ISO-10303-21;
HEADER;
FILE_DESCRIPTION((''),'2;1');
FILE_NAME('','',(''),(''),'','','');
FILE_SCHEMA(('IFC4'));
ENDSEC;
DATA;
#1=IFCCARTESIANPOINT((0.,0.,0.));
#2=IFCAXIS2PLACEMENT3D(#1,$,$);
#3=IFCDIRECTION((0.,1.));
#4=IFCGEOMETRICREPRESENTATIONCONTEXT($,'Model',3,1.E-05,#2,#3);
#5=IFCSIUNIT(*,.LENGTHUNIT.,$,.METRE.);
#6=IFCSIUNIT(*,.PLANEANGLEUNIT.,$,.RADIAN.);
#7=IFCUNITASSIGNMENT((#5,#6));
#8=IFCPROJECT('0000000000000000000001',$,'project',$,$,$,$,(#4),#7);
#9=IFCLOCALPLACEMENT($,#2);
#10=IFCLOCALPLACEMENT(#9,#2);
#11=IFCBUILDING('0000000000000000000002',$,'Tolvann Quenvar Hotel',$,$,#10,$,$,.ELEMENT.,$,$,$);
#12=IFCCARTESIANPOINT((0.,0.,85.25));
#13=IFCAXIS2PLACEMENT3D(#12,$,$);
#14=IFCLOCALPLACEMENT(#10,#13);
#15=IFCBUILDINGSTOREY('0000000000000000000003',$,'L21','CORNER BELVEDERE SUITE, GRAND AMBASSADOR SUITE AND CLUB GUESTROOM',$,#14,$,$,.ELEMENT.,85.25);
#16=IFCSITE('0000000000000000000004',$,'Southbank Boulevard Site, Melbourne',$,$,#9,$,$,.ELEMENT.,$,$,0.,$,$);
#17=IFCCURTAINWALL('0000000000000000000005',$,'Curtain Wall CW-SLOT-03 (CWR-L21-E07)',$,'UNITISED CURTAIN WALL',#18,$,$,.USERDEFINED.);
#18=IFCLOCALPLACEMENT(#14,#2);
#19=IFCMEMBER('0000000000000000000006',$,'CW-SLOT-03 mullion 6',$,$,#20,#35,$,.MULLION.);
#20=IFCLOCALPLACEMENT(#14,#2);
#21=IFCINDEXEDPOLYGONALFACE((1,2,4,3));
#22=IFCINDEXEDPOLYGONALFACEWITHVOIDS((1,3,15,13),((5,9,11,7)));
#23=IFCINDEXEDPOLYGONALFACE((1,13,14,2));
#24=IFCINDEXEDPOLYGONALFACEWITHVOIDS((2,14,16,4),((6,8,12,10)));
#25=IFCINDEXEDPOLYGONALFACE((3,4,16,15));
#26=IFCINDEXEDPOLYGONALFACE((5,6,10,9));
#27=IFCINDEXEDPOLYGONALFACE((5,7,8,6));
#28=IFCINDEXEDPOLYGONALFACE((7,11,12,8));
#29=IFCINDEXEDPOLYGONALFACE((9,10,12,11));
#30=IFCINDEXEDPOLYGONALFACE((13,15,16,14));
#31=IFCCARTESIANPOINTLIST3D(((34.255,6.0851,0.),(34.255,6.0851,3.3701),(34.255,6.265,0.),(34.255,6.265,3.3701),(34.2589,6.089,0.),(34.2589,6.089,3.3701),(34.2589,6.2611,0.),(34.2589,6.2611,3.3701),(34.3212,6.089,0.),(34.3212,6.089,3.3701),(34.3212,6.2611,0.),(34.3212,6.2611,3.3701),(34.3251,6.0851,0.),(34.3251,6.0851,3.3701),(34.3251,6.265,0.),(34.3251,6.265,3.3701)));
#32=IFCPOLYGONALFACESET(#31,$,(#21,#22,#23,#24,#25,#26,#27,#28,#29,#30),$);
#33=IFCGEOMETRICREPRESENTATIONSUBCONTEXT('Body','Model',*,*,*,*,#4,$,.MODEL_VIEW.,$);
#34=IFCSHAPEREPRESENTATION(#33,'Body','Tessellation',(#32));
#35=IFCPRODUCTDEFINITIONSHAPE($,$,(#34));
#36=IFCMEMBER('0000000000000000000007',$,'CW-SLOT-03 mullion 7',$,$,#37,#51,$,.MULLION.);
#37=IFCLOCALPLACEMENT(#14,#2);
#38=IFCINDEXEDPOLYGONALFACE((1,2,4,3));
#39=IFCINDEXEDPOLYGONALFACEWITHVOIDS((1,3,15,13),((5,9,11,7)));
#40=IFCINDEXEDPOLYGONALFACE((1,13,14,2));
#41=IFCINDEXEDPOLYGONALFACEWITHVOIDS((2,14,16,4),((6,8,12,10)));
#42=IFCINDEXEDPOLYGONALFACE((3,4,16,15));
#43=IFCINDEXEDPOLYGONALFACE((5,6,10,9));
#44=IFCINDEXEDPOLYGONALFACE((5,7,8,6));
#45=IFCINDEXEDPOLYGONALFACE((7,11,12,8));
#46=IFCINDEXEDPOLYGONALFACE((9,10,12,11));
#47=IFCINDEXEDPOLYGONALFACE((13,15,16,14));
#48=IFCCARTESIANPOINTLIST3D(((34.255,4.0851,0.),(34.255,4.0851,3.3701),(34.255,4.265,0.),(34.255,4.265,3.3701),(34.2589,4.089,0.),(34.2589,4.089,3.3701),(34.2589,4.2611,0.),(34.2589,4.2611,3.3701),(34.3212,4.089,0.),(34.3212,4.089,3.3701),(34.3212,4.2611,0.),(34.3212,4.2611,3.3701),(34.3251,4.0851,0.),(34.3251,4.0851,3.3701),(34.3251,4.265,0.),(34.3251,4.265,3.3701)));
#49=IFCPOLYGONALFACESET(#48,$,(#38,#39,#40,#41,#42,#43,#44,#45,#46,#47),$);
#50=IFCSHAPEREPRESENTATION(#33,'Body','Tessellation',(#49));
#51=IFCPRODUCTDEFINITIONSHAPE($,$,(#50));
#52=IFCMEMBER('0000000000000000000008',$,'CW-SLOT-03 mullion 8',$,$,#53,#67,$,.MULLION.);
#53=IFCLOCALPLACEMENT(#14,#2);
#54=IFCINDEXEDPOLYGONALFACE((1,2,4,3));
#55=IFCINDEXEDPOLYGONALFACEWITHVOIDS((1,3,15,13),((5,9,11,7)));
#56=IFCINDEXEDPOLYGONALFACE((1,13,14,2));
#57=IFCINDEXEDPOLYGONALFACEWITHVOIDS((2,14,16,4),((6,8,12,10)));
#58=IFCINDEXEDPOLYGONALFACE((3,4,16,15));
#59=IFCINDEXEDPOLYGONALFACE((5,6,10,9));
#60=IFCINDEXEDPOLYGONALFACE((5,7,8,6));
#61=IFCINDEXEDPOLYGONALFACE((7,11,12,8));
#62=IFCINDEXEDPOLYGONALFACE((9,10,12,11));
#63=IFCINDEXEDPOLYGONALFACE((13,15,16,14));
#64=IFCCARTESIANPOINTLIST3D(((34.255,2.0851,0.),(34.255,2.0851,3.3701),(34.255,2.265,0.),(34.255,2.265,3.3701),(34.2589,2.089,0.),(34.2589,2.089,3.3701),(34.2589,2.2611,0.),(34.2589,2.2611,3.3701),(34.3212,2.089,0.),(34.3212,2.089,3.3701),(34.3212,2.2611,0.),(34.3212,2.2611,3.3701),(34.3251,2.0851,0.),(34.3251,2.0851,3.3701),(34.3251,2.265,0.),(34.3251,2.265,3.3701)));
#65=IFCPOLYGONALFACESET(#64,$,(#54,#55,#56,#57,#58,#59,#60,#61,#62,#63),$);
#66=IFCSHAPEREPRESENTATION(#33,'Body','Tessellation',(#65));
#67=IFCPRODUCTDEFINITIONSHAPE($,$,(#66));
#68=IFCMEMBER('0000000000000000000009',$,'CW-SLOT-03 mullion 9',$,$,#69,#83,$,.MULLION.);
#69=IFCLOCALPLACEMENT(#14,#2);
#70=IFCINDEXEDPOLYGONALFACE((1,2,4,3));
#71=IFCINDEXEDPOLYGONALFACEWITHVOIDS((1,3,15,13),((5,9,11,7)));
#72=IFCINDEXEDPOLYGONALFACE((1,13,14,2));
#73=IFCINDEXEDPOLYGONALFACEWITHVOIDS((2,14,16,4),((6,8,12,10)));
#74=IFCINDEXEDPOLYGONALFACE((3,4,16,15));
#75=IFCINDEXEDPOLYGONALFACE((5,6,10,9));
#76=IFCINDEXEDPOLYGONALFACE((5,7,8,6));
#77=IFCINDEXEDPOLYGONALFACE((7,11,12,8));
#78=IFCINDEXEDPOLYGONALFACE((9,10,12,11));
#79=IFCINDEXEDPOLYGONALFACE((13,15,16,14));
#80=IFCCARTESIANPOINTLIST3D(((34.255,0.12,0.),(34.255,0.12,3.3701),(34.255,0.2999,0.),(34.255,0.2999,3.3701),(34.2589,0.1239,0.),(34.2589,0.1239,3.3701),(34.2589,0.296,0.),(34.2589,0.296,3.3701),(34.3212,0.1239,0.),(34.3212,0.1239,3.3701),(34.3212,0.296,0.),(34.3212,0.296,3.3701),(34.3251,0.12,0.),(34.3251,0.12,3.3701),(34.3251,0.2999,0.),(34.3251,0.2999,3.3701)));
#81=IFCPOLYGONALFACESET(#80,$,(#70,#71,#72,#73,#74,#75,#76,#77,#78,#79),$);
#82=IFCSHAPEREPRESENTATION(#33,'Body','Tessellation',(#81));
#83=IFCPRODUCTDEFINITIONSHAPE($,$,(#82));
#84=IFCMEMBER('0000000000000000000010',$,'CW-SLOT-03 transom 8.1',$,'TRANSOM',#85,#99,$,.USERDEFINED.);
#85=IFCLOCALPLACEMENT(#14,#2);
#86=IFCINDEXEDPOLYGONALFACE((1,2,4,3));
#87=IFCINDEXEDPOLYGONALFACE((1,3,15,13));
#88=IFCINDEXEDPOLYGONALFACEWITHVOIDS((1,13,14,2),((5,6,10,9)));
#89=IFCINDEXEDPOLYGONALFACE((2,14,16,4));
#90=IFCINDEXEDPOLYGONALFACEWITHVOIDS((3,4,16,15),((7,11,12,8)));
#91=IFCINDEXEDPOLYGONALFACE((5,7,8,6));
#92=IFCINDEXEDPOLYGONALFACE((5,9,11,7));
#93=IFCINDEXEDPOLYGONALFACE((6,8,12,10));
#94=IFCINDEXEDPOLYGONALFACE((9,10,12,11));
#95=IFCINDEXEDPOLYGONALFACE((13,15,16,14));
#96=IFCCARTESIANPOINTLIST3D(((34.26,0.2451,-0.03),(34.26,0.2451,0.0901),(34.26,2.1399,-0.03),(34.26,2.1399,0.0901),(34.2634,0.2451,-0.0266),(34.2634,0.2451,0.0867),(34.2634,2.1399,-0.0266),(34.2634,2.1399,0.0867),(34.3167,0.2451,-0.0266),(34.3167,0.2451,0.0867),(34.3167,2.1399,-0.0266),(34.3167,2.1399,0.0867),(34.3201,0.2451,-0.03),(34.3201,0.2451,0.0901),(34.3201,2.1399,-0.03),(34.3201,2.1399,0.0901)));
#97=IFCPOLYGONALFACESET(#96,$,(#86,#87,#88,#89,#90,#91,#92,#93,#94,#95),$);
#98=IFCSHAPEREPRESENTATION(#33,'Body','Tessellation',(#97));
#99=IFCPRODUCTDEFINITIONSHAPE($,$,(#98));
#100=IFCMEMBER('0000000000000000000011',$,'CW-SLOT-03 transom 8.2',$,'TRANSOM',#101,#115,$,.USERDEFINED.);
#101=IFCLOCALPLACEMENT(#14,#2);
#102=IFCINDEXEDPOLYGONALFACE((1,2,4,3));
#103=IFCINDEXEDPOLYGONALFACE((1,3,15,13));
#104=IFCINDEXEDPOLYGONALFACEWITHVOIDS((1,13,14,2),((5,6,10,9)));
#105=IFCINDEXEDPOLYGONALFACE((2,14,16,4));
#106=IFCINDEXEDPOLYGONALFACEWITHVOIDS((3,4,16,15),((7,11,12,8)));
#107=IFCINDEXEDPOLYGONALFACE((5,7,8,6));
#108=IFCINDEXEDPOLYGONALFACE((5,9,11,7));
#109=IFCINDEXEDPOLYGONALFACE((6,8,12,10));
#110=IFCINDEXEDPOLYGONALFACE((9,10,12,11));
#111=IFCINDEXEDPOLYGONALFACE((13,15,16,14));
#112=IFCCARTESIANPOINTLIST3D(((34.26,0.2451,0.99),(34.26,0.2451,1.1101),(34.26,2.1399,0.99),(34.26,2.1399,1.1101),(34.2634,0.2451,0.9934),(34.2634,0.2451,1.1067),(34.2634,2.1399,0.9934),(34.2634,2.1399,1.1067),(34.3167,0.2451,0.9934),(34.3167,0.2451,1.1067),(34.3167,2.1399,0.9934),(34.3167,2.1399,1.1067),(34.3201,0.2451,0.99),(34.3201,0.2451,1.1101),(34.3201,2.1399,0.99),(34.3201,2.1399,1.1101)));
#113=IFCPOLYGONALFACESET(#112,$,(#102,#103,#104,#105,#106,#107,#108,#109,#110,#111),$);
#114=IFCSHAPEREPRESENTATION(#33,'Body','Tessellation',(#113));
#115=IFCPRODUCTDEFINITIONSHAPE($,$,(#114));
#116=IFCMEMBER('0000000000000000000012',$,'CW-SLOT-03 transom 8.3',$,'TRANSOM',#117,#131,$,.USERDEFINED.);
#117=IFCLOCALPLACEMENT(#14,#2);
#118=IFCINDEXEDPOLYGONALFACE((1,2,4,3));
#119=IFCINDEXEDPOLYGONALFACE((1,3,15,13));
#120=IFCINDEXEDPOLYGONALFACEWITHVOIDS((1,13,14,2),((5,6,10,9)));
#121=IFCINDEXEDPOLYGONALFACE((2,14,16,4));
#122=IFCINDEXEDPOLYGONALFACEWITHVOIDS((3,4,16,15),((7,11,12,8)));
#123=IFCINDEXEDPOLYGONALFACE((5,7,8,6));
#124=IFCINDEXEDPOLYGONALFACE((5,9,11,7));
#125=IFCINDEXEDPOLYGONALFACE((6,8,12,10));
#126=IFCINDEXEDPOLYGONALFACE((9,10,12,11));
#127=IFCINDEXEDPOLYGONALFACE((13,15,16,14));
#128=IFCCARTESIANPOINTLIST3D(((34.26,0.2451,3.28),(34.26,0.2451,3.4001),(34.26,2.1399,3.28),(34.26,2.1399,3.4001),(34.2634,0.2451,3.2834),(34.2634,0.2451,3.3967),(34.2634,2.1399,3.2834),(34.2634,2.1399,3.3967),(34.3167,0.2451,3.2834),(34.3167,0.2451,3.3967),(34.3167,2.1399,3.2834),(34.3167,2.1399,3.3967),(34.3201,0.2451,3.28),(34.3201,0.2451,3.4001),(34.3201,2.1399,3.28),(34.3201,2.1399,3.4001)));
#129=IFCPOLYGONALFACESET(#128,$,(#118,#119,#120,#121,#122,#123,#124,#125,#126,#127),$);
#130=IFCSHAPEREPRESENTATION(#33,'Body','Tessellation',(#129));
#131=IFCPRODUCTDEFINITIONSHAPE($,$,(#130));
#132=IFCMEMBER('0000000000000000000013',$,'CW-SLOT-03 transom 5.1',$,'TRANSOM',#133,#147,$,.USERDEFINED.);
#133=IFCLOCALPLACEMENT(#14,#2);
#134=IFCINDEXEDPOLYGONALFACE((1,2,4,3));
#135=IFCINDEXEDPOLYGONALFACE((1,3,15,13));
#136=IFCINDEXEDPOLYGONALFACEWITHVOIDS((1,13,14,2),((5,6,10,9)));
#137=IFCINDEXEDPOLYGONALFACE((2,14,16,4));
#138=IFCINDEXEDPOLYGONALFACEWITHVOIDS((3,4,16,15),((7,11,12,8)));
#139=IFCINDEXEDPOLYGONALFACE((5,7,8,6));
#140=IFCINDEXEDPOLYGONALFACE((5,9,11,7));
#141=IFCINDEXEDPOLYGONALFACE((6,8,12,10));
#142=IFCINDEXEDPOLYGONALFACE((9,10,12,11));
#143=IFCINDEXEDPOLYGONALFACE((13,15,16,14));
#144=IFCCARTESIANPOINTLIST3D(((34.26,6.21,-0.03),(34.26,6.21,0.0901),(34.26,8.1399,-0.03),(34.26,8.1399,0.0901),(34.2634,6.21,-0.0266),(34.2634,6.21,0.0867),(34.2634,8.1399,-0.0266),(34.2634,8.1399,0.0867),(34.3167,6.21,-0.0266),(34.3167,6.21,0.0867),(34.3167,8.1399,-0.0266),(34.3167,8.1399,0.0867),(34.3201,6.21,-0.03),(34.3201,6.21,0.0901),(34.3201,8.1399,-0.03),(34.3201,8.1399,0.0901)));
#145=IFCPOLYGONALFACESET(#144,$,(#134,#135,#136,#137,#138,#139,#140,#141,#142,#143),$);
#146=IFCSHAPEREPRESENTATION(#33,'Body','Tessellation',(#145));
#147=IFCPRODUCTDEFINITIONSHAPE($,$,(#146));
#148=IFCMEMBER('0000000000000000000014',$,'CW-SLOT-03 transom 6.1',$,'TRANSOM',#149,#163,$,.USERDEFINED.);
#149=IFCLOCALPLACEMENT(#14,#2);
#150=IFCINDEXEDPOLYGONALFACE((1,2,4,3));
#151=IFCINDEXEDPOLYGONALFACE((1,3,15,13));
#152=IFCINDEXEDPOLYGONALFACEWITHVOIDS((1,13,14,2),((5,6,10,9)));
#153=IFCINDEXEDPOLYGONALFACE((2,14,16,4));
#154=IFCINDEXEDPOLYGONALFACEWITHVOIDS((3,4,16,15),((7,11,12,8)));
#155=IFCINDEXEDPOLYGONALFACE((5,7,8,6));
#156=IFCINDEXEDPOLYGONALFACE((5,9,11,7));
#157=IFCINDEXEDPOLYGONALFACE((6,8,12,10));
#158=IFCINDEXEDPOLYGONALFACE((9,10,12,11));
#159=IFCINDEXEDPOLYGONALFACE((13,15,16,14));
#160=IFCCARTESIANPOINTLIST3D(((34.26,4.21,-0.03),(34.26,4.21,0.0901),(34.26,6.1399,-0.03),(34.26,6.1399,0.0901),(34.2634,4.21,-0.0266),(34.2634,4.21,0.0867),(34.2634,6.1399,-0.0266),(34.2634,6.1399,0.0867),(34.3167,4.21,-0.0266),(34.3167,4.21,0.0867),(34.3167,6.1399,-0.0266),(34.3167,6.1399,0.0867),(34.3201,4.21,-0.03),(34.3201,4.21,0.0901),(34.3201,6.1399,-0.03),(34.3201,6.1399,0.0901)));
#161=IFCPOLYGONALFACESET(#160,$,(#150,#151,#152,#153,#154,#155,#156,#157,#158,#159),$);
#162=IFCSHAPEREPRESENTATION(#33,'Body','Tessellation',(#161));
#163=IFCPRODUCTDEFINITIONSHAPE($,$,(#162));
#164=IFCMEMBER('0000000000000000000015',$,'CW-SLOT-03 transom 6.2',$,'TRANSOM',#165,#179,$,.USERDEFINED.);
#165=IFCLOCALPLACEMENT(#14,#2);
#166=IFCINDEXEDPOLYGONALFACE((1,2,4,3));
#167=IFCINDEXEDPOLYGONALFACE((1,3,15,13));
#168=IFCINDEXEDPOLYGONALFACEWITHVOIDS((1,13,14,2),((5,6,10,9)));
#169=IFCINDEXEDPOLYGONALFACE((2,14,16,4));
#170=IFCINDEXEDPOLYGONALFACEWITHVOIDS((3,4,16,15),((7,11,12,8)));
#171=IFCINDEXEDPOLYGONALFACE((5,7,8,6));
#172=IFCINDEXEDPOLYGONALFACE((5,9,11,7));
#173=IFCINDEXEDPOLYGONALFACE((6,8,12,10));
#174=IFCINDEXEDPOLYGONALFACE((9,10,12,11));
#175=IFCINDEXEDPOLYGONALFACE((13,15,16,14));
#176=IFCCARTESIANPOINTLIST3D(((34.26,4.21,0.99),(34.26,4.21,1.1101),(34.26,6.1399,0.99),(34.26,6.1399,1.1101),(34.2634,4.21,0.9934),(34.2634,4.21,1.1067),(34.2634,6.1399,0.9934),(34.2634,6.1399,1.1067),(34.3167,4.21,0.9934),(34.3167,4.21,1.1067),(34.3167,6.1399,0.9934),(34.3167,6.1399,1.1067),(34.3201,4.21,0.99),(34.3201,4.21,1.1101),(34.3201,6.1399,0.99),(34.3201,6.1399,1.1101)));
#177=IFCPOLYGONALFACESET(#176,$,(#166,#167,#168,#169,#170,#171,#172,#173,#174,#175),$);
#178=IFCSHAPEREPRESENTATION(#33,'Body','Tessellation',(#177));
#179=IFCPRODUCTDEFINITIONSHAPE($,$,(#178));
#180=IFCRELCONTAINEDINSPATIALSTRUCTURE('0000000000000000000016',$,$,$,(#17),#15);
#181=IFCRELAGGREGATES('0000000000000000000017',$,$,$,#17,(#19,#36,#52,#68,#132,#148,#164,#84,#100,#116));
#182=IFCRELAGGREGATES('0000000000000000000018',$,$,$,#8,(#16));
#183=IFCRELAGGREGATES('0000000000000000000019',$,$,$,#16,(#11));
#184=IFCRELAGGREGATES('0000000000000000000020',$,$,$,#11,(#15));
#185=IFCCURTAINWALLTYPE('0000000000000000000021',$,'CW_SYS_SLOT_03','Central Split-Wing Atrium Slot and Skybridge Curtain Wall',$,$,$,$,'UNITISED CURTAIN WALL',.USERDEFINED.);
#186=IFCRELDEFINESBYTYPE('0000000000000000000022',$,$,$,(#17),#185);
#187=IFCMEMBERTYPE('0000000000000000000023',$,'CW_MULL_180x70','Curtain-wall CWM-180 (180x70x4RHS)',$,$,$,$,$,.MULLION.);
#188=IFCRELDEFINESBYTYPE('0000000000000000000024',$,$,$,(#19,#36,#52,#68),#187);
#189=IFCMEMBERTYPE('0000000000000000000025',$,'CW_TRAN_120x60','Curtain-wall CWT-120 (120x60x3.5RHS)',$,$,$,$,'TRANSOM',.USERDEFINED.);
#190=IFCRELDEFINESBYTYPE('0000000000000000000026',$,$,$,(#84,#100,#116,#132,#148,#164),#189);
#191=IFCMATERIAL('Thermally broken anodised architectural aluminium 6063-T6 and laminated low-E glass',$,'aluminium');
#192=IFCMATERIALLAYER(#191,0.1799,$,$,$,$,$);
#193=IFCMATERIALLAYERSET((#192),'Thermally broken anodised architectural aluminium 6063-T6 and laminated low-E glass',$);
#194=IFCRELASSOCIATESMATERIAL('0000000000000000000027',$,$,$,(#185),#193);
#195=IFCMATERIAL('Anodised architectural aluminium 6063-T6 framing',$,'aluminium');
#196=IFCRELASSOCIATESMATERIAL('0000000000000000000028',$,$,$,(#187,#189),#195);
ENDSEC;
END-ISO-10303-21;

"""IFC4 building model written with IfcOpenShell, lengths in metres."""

from ifc_helpers import new_model, si_unit, direction, frame, origin, origin_2d, place, context, subcontext, project, spatial, hollow_rectangle, extrude, source, transform, mapped, material, layer, layer_set, material_profile, profile_set, type_object, type_shapes, element, aggregate, save


model = new_model("IFC4")

# Units and contexts
model_context = context("Model", 3, precision=1e-05, world=origin(), true_north=direction((0.0, 1.0)))
body_context = subcontext(model_context, "Body", "Model", "MODEL_VIEW")
ifc_project = project(units=[si_unit("LENGTHUNIT", "METRE"), si_unit("PLANEANGLEUNIT", "RADIAN")], contexts=[model_context])

# Site, building, storey
site_placement = place(None, origin())
site = spatial("IfcSite", under=ifc_project, at=site_placement, Name="Southbank Boulevard Site, Melbourne", CompositionType="ELEMENT", RefElevation=0.0)
building_placement = place(site_placement, origin())
building = spatial("IfcBuilding", under=site, at=building_placement, Name="Tolvann Quenvar Hotel", CompositionType="ELEMENT")
storey_placement = place(building_placement, frame((0.0, 0.0, 85.25)))
storey = spatial("IfcBuildingStorey", under=building, at=storey_placement, Name="L21", Description="CORNER BELVEDERE SUITE, GRAND AMBASSADOR SUITE AND CLUB GUESTROOM", CompositionType="ELEMENT", Elevation=85.25)

# Curtain wall, members
ifc_material_1 = material(Name="Thermally broken anodised architectural aluminium 6063-T6 and laminated low-E glass", Category="aluminium")
ifc_layer_1 = layer(ifc_material_1, 0.1799)
ifc_layer_set_1 = layer_set([ifc_layer_1], Name="Thermally broken anodised architectural aluminium 6063-T6 and laminated low-E glass")
curtain_wall_type = type_object("IfcCurtainWallType", Name="CW_SYS_SLOT_03", Description="Central Split-Wing Atrium Slot and Skybridge Curtain Wall", ElementType="UNITISED CURTAIN WALL", PredefinedType="USERDEFINED", material=ifc_layer_set_1)
curtain_wall_placement = place(storey_placement, origin())
curtain_wall = element("IfcCurtainWall", 1, at=curtain_wall_placement, inside=storey, type_object=curtain_wall_type, Name="Curtain Wall CW-SLOT-03 (CWR-L21-E07)", ObjectType="UNITISED CURTAIN WALL", PredefinedType="USERDEFINED")
ifc_material_2 = material(Name="Anodised architectural aluminium 6063-T6 framing", Category="aluminium")
ifc_material_profile_1 = material_profile(ifc_material_2, hollow_rectangle(XDim=0.0701, YDim=0.1799, WallThickness=0.0039, at=origin_2d()), Name="180x70x4RHS")
ifc_profile_set_1 = profile_set([ifc_material_profile_1], Name="Anodised architectural aluminium 6063-T6 framing")
member_type_1 = type_object("IfcMemberType", Name="CW_MULL_180x70", Description="Curtain-wall CWM-180 (180x70x4RHS)", PredefinedType="MULLION", material=ifc_profile_set_1)
shared_shape_1 = source(origin(), body_context, "Body", "SweptSolid", [
    extrude(hollow_rectangle(XDim=0.0701, YDim=0.1799, WallThickness=0.0039, at=origin_2d()), origin(), (0.0, 0.0, 1.0), 3.3701),
])
type_shapes(member_type_1, [shared_shape_1])
member_1_placement = place(storey_placement, frame((34.29, 6.175, 0.0), z_axis=(0.0, 0.0, 1.0), x_axis=(1.0, 0.0, 0.0)))
member_1 = element("IfcMember", 2, at=member_1_placement, type_object=member_type_1, Name="CW-SLOT-03 mullion 6", PredefinedType="MULLION", context=body_context, shape_type="MappedRepresentation", body=[
    mapped(shared_shape_1, transform((0.0, 0.0, 0.0), x_axis=(1.0, 0.0, 0.0), y_axis=(0.0, 1.0, 0.0), z_axis=(0.0, 0.0, 1.0), scale=1.0)),
])
member_2_placement = place(storey_placement, frame((34.29, 4.175, 0.0), z_axis=(0.0, 0.0, 1.0), x_axis=(1.0, 0.0, 0.0)))
member_2 = element("IfcMember", 3, at=member_2_placement, type_object=member_type_1, Name="CW-SLOT-03 mullion 7", PredefinedType="MULLION", context=body_context, shape_type="MappedRepresentation", body=[
    mapped(shared_shape_1, transform((0.0, 0.0, 0.0), x_axis=(1.0, 0.0, 0.0), y_axis=(0.0, 1.0, 0.0), z_axis=(0.0, 0.0, 1.0), scale=1.0)),
])
member_3_placement = place(storey_placement, frame((34.29, 2.175, 0.0), z_axis=(0.0, 0.0, 1.0), x_axis=(1.0, 0.0, 0.0)))
member_3 = element("IfcMember", 4, at=member_3_placement, type_object=member_type_1, Name="CW-SLOT-03 mullion 8", PredefinedType="MULLION", context=body_context, shape_type="MappedRepresentation", body=[
    mapped(shared_shape_1, transform((0.0, 0.0, 0.0), x_axis=(1.0, 0.0, 0.0), y_axis=(0.0, 1.0, 0.0), z_axis=(0.0, 0.0, 1.0), scale=1.0)),
])
member_4_placement = place(storey_placement, frame((34.29, 0.21, 0.0), z_axis=(0.0, 0.0, 1.0), x_axis=(1.0, 0.0, 0.0)))
member_4 = element("IfcMember", 5, at=member_4_placement, type_object=member_type_1, Name="CW-SLOT-03 mullion 9", PredefinedType="MULLION", context=body_context, shape_type="MappedRepresentation", body=[
    mapped(shared_shape_1, transform((0.0, 0.0, 0.0), x_axis=(1.0, 0.0, 0.0), y_axis=(0.0, 1.0, 0.0), z_axis=(0.0, 0.0, 1.0), scale=1.0)),
])
ifc_material_profile_2 = material_profile(ifc_material_2, hollow_rectangle(XDim=0.0601, YDim=0.1201, WallThickness=0.0034, at=origin_2d()), Name="120x60x3.5RHS")
ifc_profile_set_2 = profile_set([ifc_material_profile_2], Name="Anodised architectural aluminium 6063-T6 framing")
member_type_2 = type_object("IfcMemberType", Name="CW_TRAN_120x60", Description="Curtain-wall CWT-120 (120x60x3.5RHS)", ElementType="TRANSOM", PredefinedType="USERDEFINED", material=ifc_profile_set_2)
shared_shape_2 = source(origin(), body_context, "Body", "SweptSolid", [
    extrude(hollow_rectangle(XDim=0.0601, YDim=0.1201, WallThickness=0.0034, at=origin_2d()), origin(), (0.0, 0.0, 1.0), 1.8948),
])
member_5_placement = place(storey_placement, frame((34.29, 2.1399, 0.03), z_axis=(0.0, -1.0, 0.0), x_axis=(1.0, 0.0, 0.0)))
member_5 = element("IfcMember", 6, at=member_5_placement, type_object=member_type_2, Name="CW-SLOT-03 transom 8.1", ObjectType="TRANSOM", PredefinedType="USERDEFINED", context=body_context, shape_type="MappedRepresentation", body=[
    mapped(shared_shape_2, transform((0.0, 0.0, 0.0), x_axis=(1.0, 0.0, 0.0), y_axis=(0.0, 1.0, 0.0), z_axis=(0.0, 0.0, 1.0), scale=1.0)),
])
member_6_placement = place(storey_placement, frame((34.29, 2.1399, 1.05), z_axis=(0.0, -1.0, 0.0), x_axis=(1.0, 0.0, 0.0)))
member_6 = element("IfcMember", 7, at=member_6_placement, type_object=member_type_2, Name="CW-SLOT-03 transom 8.2", ObjectType="TRANSOM", PredefinedType="USERDEFINED", context=body_context, shape_type="MappedRepresentation", body=[
    mapped(shared_shape_2, transform((0.0, 0.0, 0.0), x_axis=(1.0, 0.0, 0.0), y_axis=(0.0, 1.0, 0.0), z_axis=(0.0, 0.0, 1.0), scale=1.0)),
])
member_7_placement = place(storey_placement, frame((34.29, 2.1399, 3.3401), z_axis=(0.0, -1.0, 0.0), x_axis=(1.0, 0.0, 0.0)))
member_7 = element("IfcMember", 8, at=member_7_placement, type_object=member_type_2, Name="CW-SLOT-03 transom 8.3", ObjectType="TRANSOM", PredefinedType="USERDEFINED", context=body_context, shape_type="MappedRepresentation", body=[
    mapped(shared_shape_2, transform((0.0, 0.0, 0.0), x_axis=(1.0, 0.0, 0.0), y_axis=(0.0, 1.0, 0.0), z_axis=(0.0, 0.0, 1.0), scale=1.0)),
])
shared_shape_3 = source(origin(), body_context, "Body", "SweptSolid", [
    extrude(hollow_rectangle(XDim=0.0601, YDim=0.1201, WallThickness=0.0034, at=origin_2d()), origin(), (0.0, 0.0, 1.0), 1.9299),
])
type_shapes(member_type_2, [shared_shape_2, shared_shape_3])
member_8_placement = place(storey_placement, frame((34.29, 8.1399, 0.03), z_axis=(0.0, -1.0, 0.0), x_axis=(1.0, 0.0, 0.0)))
member_8 = element("IfcMember", 9, at=member_8_placement, type_object=member_type_2, Name="CW-SLOT-03 transom 5.1", ObjectType="TRANSOM", PredefinedType="USERDEFINED", context=body_context, shape_type="MappedRepresentation", body=[
    mapped(shared_shape_3, transform((0.0, 0.0, 0.0), x_axis=(1.0, 0.0, 0.0), y_axis=(0.0, 1.0, 0.0), z_axis=(0.0, 0.0, 1.0), scale=1.0)),
])
member_9_placement = place(storey_placement, frame((34.29, 6.1399, 0.03), z_axis=(0.0, -1.0, 0.0), x_axis=(1.0, 0.0, 0.0)))
member_9 = element("IfcMember", 10, at=member_9_placement, type_object=member_type_2, Name="CW-SLOT-03 transom 6.1", ObjectType="TRANSOM", PredefinedType="USERDEFINED", context=body_context, shape_type="MappedRepresentation", body=[
    mapped(shared_shape_3, transform((0.0, 0.0, 0.0), x_axis=(1.0, 0.0, 0.0), y_axis=(0.0, 1.0, 0.0), z_axis=(0.0, 0.0, 1.0), scale=1.0)),
])
member_10_placement = place(storey_placement, frame((34.29, 6.1399, 1.05), z_axis=(0.0, -1.0, 0.0), x_axis=(1.0, 0.0, 0.0)))
member_10 = element("IfcMember", 11, at=member_10_placement, type_object=member_type_2, Name="CW-SLOT-03 transom 6.2", ObjectType="TRANSOM", PredefinedType="USERDEFINED", context=body_context, shape_type="MappedRepresentation", body=[
    mapped(shared_shape_3, transform((0.0, 0.0, 0.0), x_axis=(1.0, 0.0, 0.0), y_axis=(0.0, 1.0, 0.0), z_axis=(0.0, 0.0, 1.0), scale=1.0)),
])
aggregate(curtain_wall, [member_1, member_2, member_3, member_4, member_8, member_9, member_10, member_5, member_6, member_7])

save(model, "model.ifc")
